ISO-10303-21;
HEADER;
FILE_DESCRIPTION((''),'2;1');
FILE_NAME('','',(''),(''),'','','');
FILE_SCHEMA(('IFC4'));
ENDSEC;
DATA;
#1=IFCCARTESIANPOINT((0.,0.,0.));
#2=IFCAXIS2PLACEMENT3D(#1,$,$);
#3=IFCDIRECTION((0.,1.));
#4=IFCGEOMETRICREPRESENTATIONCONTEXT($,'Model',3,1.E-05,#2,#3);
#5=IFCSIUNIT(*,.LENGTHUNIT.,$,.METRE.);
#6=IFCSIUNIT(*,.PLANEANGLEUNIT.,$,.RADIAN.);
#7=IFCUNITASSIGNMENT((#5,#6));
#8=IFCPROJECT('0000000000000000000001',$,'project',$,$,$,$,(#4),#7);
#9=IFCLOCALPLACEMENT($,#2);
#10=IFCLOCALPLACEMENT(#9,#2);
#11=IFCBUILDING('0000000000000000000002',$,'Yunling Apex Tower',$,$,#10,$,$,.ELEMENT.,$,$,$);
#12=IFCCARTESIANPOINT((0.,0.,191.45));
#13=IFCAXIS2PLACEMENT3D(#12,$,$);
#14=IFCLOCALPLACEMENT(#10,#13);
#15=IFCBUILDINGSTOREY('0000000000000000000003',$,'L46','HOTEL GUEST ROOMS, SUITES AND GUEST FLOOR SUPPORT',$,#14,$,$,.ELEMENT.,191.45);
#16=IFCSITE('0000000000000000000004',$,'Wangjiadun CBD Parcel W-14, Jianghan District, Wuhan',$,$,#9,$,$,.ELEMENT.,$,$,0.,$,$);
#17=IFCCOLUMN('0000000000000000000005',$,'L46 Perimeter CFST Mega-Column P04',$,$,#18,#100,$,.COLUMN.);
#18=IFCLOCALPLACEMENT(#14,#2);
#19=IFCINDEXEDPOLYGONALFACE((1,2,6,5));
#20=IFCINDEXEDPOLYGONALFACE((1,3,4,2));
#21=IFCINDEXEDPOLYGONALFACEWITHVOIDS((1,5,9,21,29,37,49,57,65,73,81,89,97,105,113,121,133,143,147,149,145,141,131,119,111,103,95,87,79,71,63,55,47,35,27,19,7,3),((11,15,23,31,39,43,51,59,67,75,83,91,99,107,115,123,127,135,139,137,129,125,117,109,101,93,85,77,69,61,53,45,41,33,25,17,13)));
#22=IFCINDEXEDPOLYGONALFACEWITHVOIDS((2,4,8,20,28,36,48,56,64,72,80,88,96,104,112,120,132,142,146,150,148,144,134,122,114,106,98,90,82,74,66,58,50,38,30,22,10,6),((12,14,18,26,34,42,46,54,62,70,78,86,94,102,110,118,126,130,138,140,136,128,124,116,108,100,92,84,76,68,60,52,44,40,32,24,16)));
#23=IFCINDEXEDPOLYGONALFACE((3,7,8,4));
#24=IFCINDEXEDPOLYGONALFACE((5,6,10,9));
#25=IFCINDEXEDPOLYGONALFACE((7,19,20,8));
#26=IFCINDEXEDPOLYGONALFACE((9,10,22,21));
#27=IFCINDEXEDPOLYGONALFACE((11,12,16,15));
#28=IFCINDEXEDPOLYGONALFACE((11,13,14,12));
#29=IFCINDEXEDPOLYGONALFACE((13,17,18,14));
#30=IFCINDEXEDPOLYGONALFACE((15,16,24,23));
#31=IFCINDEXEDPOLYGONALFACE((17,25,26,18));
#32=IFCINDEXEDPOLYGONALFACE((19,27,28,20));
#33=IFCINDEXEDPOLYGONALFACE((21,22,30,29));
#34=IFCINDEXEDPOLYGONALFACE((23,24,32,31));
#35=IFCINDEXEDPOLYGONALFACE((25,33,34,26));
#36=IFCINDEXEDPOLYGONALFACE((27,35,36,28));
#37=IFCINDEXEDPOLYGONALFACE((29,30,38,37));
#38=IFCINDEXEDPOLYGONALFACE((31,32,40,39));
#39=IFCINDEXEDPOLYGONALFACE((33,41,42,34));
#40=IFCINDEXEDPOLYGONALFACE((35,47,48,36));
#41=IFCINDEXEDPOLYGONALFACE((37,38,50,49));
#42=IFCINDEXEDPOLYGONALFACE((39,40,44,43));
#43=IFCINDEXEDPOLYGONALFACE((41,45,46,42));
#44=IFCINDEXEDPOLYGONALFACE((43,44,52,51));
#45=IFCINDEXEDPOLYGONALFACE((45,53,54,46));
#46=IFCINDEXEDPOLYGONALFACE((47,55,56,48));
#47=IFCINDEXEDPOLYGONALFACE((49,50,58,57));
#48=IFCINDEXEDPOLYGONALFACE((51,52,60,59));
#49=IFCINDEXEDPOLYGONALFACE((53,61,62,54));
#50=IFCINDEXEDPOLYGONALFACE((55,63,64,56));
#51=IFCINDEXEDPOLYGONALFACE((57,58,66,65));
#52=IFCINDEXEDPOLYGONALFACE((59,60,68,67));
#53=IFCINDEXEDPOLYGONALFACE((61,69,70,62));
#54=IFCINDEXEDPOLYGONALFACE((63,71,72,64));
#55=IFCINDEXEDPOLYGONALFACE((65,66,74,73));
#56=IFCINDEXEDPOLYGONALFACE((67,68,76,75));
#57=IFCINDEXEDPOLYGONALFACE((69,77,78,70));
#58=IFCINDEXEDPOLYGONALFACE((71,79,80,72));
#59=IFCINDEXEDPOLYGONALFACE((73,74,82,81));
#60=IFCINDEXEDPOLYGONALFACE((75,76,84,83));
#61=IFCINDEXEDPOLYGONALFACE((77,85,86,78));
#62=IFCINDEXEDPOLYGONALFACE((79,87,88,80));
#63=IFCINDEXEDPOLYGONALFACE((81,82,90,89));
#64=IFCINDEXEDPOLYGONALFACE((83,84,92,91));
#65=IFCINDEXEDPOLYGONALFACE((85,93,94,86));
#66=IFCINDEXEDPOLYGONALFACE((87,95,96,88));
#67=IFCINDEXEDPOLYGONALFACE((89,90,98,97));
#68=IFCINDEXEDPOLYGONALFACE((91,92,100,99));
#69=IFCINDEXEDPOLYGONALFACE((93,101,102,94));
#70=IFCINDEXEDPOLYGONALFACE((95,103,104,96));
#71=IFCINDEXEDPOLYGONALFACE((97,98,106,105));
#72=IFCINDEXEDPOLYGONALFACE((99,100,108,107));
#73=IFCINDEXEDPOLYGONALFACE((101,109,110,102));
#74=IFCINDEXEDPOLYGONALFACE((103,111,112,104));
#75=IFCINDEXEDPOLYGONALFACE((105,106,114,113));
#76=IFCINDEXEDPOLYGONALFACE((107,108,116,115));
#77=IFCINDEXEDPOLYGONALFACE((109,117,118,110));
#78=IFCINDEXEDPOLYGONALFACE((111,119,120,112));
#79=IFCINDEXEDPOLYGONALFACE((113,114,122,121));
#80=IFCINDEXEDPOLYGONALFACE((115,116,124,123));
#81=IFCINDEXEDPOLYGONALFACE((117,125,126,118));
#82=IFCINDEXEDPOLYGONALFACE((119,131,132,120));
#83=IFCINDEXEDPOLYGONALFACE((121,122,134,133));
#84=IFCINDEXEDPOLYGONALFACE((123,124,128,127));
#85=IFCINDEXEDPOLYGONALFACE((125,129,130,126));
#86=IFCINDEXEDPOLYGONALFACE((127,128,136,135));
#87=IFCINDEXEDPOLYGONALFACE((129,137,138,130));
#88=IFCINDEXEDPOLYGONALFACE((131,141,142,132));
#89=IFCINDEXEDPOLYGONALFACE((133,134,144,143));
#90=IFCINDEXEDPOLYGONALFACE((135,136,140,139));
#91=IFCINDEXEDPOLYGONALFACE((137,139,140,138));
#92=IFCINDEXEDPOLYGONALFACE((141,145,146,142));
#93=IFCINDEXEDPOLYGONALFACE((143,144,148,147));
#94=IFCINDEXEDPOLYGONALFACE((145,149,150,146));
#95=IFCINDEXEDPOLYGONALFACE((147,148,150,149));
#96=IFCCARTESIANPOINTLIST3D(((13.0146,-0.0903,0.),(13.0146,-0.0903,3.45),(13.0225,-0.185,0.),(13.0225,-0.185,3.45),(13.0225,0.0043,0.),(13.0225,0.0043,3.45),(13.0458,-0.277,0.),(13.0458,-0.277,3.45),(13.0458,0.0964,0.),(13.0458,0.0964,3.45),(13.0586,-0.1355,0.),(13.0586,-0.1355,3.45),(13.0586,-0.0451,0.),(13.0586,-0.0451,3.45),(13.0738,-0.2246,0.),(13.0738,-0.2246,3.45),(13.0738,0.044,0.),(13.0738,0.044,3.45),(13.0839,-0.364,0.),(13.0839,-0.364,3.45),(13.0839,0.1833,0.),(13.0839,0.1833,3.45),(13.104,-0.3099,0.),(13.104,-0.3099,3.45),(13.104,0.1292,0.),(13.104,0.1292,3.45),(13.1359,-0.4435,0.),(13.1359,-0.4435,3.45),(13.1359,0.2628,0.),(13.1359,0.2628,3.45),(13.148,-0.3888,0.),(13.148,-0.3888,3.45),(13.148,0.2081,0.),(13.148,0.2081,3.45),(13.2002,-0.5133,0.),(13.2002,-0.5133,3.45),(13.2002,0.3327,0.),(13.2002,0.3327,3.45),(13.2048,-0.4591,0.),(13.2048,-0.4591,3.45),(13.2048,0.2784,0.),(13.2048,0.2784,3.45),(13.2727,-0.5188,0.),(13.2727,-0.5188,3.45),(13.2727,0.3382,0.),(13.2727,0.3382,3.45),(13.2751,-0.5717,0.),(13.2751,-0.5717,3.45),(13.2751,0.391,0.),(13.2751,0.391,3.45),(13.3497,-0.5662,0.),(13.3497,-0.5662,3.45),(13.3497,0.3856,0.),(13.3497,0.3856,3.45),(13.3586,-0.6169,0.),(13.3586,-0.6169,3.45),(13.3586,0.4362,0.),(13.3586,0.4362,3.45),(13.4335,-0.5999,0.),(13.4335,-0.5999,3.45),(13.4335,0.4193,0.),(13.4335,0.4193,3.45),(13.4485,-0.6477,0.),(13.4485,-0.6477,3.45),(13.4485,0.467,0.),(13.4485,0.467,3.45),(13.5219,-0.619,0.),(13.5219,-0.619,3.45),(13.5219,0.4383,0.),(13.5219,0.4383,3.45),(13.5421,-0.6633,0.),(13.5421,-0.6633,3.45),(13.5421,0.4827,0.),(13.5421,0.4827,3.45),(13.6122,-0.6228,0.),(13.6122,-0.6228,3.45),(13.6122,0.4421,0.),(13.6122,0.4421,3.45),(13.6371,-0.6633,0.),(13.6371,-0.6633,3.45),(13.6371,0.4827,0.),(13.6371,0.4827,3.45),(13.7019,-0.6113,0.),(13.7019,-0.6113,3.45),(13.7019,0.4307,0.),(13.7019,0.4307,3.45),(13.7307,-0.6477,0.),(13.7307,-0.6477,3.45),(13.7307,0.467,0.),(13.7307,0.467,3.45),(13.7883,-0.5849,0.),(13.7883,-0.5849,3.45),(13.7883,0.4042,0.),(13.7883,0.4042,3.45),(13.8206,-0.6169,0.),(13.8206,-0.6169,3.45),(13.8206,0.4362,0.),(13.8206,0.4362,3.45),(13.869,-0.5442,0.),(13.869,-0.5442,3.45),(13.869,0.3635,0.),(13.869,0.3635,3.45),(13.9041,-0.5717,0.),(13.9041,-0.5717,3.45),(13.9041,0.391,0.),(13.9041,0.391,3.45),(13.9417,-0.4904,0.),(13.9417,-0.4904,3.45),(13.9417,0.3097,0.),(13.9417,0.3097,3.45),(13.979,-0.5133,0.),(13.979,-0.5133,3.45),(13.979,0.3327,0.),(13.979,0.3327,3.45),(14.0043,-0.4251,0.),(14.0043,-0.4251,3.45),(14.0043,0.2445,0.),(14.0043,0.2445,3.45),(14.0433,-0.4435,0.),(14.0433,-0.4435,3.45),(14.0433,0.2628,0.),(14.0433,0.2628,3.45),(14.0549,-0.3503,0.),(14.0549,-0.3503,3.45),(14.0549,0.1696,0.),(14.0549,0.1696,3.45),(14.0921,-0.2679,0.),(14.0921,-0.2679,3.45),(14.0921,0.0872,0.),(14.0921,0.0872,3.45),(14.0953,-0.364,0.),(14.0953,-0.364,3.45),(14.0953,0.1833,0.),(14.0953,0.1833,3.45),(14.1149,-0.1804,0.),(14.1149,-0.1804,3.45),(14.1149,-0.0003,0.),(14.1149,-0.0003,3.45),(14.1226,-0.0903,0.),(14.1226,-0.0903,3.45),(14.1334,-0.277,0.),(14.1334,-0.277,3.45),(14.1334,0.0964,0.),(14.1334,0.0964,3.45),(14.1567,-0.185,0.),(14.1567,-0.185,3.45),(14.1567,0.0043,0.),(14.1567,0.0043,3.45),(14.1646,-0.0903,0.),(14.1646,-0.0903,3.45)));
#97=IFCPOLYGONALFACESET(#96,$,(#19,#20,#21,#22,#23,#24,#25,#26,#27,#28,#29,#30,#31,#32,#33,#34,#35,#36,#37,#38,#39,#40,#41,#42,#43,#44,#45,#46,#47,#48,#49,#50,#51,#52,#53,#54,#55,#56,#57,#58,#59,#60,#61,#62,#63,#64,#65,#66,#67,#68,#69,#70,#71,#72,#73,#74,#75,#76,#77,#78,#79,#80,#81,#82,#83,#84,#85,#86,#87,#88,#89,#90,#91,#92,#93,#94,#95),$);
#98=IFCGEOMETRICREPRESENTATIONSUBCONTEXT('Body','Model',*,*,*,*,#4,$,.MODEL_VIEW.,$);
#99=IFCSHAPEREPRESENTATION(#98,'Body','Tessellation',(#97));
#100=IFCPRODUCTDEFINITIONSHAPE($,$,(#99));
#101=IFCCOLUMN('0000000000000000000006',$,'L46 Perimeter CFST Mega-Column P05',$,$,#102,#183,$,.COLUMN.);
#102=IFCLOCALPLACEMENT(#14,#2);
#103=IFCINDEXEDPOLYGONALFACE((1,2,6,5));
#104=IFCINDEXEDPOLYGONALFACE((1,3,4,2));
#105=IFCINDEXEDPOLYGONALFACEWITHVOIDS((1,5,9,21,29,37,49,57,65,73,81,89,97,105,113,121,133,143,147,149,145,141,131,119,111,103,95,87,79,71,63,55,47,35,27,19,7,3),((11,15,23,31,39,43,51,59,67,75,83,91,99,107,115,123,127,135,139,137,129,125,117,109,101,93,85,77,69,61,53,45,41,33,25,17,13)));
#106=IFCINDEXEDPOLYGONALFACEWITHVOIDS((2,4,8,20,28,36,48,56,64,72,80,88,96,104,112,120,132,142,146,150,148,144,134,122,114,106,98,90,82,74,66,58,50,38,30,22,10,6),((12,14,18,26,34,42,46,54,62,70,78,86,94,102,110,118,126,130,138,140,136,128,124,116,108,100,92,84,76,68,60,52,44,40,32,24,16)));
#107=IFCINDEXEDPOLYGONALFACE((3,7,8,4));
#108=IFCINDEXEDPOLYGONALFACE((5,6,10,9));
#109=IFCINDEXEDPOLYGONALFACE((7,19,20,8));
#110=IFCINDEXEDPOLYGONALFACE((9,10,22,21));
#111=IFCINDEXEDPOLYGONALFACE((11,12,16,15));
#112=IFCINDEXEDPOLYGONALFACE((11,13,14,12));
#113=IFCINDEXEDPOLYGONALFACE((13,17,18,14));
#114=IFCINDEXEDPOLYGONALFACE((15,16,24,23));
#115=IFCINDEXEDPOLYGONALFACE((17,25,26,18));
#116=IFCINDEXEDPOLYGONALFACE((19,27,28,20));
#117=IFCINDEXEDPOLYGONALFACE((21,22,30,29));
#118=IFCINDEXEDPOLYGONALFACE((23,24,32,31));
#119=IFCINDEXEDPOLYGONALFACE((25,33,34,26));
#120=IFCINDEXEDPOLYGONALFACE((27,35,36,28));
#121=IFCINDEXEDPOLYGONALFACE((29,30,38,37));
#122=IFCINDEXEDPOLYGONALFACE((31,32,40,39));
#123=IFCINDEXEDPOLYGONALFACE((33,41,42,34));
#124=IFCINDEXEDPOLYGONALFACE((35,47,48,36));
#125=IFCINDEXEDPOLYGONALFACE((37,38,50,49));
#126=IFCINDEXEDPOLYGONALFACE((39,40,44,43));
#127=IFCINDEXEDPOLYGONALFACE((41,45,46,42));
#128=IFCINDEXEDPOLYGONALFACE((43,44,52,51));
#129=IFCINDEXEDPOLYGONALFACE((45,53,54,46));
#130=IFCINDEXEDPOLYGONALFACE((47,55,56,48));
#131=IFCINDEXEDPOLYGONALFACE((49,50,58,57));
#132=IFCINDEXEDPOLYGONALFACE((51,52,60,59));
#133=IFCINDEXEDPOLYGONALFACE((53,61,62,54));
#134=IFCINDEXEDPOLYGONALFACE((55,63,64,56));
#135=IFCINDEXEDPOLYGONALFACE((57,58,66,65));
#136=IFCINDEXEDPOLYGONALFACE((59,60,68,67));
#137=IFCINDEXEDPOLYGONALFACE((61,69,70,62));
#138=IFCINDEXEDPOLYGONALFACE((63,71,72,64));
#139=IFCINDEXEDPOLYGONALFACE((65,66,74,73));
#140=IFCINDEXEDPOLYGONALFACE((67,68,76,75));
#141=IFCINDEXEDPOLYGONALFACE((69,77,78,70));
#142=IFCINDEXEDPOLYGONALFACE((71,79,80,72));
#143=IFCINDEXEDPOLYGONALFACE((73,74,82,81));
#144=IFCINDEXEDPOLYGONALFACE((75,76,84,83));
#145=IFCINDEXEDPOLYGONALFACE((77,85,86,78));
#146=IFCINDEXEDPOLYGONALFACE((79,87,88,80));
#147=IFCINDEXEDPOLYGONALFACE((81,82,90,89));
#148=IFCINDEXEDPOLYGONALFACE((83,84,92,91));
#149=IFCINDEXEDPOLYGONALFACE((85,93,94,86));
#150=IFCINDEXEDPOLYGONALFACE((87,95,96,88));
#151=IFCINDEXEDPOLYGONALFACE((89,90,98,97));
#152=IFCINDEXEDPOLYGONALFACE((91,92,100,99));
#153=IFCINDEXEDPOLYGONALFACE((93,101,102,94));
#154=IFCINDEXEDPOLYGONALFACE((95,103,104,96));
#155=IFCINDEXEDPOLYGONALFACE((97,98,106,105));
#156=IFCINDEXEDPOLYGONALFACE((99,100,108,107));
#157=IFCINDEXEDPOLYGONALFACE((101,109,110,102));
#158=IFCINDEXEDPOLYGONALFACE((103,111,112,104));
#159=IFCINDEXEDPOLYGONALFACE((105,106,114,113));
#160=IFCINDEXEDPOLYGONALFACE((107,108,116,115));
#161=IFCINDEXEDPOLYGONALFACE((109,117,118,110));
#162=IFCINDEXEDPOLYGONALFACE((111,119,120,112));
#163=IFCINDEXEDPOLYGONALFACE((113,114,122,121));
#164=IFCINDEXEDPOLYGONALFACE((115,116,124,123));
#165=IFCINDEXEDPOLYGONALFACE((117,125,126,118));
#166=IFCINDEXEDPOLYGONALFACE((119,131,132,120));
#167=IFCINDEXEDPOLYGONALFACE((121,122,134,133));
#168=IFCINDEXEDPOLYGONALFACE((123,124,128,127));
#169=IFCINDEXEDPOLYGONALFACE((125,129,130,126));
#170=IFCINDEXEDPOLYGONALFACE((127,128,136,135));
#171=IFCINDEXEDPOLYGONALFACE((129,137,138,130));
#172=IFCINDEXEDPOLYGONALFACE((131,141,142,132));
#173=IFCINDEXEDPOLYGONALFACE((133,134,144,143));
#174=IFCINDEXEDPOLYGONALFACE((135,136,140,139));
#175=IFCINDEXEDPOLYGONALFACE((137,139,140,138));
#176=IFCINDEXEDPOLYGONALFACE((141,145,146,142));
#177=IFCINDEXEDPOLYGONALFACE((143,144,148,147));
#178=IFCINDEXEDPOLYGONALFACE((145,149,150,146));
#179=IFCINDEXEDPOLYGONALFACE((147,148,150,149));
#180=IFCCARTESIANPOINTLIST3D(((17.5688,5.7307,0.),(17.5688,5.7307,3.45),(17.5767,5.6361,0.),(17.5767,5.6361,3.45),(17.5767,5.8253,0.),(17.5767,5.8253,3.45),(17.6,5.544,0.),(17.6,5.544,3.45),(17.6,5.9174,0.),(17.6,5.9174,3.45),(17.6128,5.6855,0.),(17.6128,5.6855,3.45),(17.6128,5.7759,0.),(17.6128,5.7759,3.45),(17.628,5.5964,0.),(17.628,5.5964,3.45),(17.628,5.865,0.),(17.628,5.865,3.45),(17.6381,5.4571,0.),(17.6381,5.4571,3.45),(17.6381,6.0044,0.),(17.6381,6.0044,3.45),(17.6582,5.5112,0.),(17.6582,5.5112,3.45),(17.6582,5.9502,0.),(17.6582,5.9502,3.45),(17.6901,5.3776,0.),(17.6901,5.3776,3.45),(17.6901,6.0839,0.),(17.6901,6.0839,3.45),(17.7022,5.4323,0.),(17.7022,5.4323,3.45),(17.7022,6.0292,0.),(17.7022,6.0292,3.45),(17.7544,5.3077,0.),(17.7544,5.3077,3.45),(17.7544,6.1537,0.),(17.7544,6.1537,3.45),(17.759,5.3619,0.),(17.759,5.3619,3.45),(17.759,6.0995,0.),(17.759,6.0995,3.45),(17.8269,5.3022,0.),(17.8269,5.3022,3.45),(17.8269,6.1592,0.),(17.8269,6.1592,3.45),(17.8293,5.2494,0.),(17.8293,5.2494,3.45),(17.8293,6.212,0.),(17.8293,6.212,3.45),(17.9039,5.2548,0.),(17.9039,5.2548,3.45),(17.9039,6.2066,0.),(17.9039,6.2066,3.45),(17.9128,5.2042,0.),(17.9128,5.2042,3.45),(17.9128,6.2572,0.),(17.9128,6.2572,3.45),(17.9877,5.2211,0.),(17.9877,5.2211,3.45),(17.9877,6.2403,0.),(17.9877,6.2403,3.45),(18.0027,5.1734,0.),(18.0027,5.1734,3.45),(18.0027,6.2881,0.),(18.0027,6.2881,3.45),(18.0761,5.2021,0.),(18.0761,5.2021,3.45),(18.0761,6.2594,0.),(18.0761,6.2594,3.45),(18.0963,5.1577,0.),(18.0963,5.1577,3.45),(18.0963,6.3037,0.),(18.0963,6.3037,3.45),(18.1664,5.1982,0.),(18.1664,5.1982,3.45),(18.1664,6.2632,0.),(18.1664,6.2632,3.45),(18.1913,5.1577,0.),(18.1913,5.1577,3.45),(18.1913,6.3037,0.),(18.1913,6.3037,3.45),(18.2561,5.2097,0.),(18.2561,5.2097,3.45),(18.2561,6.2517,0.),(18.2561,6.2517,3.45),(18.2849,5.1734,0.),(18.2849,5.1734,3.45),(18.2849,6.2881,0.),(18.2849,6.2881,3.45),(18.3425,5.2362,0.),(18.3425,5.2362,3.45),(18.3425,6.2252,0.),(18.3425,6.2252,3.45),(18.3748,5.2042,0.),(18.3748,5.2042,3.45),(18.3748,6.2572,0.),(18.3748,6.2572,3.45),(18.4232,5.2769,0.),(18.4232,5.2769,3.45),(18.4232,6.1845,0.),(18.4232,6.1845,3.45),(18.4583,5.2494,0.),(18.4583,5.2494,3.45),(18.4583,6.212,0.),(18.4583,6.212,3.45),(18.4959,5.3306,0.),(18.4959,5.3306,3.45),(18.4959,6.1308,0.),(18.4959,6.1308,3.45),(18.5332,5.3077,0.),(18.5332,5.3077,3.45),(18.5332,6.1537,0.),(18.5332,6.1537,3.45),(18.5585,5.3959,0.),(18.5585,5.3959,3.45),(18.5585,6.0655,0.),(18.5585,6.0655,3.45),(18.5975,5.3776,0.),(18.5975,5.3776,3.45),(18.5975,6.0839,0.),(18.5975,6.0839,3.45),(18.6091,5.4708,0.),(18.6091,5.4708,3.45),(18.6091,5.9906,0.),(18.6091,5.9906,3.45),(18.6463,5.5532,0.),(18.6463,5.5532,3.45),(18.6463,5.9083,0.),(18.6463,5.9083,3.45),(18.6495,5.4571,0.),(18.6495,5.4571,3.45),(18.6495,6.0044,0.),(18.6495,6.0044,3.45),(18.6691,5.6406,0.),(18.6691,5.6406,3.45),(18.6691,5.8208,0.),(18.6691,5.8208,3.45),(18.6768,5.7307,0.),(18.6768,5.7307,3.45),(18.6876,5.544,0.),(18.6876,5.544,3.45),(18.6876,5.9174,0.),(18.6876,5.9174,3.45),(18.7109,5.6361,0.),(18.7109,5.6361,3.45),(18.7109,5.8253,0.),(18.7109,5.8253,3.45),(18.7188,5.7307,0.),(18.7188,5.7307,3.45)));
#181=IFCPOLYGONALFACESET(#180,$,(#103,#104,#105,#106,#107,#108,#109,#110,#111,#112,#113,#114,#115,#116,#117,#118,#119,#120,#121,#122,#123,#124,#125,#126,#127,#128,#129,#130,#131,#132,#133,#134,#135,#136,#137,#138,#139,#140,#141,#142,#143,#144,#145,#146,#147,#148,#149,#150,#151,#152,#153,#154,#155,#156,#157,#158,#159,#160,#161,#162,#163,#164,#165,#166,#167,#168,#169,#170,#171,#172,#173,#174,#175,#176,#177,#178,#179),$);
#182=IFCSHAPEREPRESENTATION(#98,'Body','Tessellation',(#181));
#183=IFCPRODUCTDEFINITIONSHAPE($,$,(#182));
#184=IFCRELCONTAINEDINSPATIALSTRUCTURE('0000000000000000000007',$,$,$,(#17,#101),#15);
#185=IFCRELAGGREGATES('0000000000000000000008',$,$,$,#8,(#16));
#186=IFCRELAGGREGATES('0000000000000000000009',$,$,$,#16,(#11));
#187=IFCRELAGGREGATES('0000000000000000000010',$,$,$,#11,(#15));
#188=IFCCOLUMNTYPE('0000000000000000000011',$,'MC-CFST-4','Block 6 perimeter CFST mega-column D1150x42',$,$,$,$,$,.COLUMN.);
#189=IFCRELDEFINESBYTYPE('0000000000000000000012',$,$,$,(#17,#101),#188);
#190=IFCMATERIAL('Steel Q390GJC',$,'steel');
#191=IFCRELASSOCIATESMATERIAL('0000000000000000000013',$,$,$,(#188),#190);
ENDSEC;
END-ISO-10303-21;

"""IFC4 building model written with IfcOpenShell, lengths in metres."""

from ifc_helpers import new_model, si_unit, direction, frame, origin, origin_2d, place, context, subcontext, project, spatial, hollow_circle, extrude, source, transform, mapped, material, material_profile, profile_set, type_object, element, save


model = new_model("IFC4")

# Units and contexts
model_context = context("Model", 3, precision=1e-05, world=origin(), true_north=direction((0.0, 1.0)))
body_context = subcontext(model_context, "Body", "Model", "MODEL_VIEW")
ifc_project = project(units=[si_unit("LENGTHUNIT", "METRE"), si_unit("PLANEANGLEUNIT", "RADIAN")], contexts=[model_context])

# Site, building, storey
site_placement = place(None, origin())
site = spatial("IfcSite", under=ifc_project, at=site_placement, Name="Wangjiadun CBD Parcel W-14, Jianghan District, Wuhan", CompositionType="ELEMENT", RefElevation=0.0)
building_placement = place(site_placement, origin())
building = spatial("IfcBuilding", under=site, at=building_placement, Name="Yunling Apex Tower", CompositionType="ELEMENT")
storey_placement = place(building_placement, frame((0.0, 0.0, 191.45)))
storey = spatial("IfcBuildingStorey", under=building, at=storey_placement, Name="L46", Description="HOTEL GUEST ROOMS, SUITES AND GUEST FLOOR SUPPORT", CompositionType="ELEMENT", Elevation=191.45)

# Columns
ifc_material_1 = material(Name="Steel Q390GJC", Category="steel")
ifc_material_profile_1 = material_profile(ifc_material_1, hollow_circle(Radius=0.575, WallThickness=0.042, at=origin_2d()))
ifc_profile_set_1 = profile_set([ifc_material_profile_1], Name="Steel Q390GJC")
column_type = type_object("IfcColumnType", Name="MC-CFST-4", Description="Block 6 perimeter CFST mega-column D1150x42", PredefinedType="COLUMN", material=ifc_profile_set_1)
shared_shape_1 = source(origin(), body_context, "Body", "SweptSolid", [
    extrude(hollow_circle(Radius=0.575, WallThickness=0.042, at=origin_2d()), origin(), (0.0, 0.0, 1.0), 3.45),
])
for number, where, z_axis, x_axis, name in (
    (1, (13.5896, -0.0903, 0.0), (0.0, 0.0, 1.0), (1.0, 0.0, 0.0), "L46 Perimeter CFST Mega-Column P04"),
    (2, (18.1438, 5.7307, 0.0), (0.0, 0.0, 1.0), (1.0, 0.0, 0.0), "L46 Perimeter CFST Mega-Column P05"),
):
    element("IfcColumn", number, at=place(storey_placement, frame(where, z_axis=z_axis, x_axis=x_axis)), inside=storey, type_object=column_type, Name=name, PredefinedType="COLUMN", context=body_context, shape_type="MappedRepresentation", body=[
        mapped(shared_shape_1, transform((0.0, 0.0, 0.0), scale=1.0)),
    ])

save(model, "model.ifc")
